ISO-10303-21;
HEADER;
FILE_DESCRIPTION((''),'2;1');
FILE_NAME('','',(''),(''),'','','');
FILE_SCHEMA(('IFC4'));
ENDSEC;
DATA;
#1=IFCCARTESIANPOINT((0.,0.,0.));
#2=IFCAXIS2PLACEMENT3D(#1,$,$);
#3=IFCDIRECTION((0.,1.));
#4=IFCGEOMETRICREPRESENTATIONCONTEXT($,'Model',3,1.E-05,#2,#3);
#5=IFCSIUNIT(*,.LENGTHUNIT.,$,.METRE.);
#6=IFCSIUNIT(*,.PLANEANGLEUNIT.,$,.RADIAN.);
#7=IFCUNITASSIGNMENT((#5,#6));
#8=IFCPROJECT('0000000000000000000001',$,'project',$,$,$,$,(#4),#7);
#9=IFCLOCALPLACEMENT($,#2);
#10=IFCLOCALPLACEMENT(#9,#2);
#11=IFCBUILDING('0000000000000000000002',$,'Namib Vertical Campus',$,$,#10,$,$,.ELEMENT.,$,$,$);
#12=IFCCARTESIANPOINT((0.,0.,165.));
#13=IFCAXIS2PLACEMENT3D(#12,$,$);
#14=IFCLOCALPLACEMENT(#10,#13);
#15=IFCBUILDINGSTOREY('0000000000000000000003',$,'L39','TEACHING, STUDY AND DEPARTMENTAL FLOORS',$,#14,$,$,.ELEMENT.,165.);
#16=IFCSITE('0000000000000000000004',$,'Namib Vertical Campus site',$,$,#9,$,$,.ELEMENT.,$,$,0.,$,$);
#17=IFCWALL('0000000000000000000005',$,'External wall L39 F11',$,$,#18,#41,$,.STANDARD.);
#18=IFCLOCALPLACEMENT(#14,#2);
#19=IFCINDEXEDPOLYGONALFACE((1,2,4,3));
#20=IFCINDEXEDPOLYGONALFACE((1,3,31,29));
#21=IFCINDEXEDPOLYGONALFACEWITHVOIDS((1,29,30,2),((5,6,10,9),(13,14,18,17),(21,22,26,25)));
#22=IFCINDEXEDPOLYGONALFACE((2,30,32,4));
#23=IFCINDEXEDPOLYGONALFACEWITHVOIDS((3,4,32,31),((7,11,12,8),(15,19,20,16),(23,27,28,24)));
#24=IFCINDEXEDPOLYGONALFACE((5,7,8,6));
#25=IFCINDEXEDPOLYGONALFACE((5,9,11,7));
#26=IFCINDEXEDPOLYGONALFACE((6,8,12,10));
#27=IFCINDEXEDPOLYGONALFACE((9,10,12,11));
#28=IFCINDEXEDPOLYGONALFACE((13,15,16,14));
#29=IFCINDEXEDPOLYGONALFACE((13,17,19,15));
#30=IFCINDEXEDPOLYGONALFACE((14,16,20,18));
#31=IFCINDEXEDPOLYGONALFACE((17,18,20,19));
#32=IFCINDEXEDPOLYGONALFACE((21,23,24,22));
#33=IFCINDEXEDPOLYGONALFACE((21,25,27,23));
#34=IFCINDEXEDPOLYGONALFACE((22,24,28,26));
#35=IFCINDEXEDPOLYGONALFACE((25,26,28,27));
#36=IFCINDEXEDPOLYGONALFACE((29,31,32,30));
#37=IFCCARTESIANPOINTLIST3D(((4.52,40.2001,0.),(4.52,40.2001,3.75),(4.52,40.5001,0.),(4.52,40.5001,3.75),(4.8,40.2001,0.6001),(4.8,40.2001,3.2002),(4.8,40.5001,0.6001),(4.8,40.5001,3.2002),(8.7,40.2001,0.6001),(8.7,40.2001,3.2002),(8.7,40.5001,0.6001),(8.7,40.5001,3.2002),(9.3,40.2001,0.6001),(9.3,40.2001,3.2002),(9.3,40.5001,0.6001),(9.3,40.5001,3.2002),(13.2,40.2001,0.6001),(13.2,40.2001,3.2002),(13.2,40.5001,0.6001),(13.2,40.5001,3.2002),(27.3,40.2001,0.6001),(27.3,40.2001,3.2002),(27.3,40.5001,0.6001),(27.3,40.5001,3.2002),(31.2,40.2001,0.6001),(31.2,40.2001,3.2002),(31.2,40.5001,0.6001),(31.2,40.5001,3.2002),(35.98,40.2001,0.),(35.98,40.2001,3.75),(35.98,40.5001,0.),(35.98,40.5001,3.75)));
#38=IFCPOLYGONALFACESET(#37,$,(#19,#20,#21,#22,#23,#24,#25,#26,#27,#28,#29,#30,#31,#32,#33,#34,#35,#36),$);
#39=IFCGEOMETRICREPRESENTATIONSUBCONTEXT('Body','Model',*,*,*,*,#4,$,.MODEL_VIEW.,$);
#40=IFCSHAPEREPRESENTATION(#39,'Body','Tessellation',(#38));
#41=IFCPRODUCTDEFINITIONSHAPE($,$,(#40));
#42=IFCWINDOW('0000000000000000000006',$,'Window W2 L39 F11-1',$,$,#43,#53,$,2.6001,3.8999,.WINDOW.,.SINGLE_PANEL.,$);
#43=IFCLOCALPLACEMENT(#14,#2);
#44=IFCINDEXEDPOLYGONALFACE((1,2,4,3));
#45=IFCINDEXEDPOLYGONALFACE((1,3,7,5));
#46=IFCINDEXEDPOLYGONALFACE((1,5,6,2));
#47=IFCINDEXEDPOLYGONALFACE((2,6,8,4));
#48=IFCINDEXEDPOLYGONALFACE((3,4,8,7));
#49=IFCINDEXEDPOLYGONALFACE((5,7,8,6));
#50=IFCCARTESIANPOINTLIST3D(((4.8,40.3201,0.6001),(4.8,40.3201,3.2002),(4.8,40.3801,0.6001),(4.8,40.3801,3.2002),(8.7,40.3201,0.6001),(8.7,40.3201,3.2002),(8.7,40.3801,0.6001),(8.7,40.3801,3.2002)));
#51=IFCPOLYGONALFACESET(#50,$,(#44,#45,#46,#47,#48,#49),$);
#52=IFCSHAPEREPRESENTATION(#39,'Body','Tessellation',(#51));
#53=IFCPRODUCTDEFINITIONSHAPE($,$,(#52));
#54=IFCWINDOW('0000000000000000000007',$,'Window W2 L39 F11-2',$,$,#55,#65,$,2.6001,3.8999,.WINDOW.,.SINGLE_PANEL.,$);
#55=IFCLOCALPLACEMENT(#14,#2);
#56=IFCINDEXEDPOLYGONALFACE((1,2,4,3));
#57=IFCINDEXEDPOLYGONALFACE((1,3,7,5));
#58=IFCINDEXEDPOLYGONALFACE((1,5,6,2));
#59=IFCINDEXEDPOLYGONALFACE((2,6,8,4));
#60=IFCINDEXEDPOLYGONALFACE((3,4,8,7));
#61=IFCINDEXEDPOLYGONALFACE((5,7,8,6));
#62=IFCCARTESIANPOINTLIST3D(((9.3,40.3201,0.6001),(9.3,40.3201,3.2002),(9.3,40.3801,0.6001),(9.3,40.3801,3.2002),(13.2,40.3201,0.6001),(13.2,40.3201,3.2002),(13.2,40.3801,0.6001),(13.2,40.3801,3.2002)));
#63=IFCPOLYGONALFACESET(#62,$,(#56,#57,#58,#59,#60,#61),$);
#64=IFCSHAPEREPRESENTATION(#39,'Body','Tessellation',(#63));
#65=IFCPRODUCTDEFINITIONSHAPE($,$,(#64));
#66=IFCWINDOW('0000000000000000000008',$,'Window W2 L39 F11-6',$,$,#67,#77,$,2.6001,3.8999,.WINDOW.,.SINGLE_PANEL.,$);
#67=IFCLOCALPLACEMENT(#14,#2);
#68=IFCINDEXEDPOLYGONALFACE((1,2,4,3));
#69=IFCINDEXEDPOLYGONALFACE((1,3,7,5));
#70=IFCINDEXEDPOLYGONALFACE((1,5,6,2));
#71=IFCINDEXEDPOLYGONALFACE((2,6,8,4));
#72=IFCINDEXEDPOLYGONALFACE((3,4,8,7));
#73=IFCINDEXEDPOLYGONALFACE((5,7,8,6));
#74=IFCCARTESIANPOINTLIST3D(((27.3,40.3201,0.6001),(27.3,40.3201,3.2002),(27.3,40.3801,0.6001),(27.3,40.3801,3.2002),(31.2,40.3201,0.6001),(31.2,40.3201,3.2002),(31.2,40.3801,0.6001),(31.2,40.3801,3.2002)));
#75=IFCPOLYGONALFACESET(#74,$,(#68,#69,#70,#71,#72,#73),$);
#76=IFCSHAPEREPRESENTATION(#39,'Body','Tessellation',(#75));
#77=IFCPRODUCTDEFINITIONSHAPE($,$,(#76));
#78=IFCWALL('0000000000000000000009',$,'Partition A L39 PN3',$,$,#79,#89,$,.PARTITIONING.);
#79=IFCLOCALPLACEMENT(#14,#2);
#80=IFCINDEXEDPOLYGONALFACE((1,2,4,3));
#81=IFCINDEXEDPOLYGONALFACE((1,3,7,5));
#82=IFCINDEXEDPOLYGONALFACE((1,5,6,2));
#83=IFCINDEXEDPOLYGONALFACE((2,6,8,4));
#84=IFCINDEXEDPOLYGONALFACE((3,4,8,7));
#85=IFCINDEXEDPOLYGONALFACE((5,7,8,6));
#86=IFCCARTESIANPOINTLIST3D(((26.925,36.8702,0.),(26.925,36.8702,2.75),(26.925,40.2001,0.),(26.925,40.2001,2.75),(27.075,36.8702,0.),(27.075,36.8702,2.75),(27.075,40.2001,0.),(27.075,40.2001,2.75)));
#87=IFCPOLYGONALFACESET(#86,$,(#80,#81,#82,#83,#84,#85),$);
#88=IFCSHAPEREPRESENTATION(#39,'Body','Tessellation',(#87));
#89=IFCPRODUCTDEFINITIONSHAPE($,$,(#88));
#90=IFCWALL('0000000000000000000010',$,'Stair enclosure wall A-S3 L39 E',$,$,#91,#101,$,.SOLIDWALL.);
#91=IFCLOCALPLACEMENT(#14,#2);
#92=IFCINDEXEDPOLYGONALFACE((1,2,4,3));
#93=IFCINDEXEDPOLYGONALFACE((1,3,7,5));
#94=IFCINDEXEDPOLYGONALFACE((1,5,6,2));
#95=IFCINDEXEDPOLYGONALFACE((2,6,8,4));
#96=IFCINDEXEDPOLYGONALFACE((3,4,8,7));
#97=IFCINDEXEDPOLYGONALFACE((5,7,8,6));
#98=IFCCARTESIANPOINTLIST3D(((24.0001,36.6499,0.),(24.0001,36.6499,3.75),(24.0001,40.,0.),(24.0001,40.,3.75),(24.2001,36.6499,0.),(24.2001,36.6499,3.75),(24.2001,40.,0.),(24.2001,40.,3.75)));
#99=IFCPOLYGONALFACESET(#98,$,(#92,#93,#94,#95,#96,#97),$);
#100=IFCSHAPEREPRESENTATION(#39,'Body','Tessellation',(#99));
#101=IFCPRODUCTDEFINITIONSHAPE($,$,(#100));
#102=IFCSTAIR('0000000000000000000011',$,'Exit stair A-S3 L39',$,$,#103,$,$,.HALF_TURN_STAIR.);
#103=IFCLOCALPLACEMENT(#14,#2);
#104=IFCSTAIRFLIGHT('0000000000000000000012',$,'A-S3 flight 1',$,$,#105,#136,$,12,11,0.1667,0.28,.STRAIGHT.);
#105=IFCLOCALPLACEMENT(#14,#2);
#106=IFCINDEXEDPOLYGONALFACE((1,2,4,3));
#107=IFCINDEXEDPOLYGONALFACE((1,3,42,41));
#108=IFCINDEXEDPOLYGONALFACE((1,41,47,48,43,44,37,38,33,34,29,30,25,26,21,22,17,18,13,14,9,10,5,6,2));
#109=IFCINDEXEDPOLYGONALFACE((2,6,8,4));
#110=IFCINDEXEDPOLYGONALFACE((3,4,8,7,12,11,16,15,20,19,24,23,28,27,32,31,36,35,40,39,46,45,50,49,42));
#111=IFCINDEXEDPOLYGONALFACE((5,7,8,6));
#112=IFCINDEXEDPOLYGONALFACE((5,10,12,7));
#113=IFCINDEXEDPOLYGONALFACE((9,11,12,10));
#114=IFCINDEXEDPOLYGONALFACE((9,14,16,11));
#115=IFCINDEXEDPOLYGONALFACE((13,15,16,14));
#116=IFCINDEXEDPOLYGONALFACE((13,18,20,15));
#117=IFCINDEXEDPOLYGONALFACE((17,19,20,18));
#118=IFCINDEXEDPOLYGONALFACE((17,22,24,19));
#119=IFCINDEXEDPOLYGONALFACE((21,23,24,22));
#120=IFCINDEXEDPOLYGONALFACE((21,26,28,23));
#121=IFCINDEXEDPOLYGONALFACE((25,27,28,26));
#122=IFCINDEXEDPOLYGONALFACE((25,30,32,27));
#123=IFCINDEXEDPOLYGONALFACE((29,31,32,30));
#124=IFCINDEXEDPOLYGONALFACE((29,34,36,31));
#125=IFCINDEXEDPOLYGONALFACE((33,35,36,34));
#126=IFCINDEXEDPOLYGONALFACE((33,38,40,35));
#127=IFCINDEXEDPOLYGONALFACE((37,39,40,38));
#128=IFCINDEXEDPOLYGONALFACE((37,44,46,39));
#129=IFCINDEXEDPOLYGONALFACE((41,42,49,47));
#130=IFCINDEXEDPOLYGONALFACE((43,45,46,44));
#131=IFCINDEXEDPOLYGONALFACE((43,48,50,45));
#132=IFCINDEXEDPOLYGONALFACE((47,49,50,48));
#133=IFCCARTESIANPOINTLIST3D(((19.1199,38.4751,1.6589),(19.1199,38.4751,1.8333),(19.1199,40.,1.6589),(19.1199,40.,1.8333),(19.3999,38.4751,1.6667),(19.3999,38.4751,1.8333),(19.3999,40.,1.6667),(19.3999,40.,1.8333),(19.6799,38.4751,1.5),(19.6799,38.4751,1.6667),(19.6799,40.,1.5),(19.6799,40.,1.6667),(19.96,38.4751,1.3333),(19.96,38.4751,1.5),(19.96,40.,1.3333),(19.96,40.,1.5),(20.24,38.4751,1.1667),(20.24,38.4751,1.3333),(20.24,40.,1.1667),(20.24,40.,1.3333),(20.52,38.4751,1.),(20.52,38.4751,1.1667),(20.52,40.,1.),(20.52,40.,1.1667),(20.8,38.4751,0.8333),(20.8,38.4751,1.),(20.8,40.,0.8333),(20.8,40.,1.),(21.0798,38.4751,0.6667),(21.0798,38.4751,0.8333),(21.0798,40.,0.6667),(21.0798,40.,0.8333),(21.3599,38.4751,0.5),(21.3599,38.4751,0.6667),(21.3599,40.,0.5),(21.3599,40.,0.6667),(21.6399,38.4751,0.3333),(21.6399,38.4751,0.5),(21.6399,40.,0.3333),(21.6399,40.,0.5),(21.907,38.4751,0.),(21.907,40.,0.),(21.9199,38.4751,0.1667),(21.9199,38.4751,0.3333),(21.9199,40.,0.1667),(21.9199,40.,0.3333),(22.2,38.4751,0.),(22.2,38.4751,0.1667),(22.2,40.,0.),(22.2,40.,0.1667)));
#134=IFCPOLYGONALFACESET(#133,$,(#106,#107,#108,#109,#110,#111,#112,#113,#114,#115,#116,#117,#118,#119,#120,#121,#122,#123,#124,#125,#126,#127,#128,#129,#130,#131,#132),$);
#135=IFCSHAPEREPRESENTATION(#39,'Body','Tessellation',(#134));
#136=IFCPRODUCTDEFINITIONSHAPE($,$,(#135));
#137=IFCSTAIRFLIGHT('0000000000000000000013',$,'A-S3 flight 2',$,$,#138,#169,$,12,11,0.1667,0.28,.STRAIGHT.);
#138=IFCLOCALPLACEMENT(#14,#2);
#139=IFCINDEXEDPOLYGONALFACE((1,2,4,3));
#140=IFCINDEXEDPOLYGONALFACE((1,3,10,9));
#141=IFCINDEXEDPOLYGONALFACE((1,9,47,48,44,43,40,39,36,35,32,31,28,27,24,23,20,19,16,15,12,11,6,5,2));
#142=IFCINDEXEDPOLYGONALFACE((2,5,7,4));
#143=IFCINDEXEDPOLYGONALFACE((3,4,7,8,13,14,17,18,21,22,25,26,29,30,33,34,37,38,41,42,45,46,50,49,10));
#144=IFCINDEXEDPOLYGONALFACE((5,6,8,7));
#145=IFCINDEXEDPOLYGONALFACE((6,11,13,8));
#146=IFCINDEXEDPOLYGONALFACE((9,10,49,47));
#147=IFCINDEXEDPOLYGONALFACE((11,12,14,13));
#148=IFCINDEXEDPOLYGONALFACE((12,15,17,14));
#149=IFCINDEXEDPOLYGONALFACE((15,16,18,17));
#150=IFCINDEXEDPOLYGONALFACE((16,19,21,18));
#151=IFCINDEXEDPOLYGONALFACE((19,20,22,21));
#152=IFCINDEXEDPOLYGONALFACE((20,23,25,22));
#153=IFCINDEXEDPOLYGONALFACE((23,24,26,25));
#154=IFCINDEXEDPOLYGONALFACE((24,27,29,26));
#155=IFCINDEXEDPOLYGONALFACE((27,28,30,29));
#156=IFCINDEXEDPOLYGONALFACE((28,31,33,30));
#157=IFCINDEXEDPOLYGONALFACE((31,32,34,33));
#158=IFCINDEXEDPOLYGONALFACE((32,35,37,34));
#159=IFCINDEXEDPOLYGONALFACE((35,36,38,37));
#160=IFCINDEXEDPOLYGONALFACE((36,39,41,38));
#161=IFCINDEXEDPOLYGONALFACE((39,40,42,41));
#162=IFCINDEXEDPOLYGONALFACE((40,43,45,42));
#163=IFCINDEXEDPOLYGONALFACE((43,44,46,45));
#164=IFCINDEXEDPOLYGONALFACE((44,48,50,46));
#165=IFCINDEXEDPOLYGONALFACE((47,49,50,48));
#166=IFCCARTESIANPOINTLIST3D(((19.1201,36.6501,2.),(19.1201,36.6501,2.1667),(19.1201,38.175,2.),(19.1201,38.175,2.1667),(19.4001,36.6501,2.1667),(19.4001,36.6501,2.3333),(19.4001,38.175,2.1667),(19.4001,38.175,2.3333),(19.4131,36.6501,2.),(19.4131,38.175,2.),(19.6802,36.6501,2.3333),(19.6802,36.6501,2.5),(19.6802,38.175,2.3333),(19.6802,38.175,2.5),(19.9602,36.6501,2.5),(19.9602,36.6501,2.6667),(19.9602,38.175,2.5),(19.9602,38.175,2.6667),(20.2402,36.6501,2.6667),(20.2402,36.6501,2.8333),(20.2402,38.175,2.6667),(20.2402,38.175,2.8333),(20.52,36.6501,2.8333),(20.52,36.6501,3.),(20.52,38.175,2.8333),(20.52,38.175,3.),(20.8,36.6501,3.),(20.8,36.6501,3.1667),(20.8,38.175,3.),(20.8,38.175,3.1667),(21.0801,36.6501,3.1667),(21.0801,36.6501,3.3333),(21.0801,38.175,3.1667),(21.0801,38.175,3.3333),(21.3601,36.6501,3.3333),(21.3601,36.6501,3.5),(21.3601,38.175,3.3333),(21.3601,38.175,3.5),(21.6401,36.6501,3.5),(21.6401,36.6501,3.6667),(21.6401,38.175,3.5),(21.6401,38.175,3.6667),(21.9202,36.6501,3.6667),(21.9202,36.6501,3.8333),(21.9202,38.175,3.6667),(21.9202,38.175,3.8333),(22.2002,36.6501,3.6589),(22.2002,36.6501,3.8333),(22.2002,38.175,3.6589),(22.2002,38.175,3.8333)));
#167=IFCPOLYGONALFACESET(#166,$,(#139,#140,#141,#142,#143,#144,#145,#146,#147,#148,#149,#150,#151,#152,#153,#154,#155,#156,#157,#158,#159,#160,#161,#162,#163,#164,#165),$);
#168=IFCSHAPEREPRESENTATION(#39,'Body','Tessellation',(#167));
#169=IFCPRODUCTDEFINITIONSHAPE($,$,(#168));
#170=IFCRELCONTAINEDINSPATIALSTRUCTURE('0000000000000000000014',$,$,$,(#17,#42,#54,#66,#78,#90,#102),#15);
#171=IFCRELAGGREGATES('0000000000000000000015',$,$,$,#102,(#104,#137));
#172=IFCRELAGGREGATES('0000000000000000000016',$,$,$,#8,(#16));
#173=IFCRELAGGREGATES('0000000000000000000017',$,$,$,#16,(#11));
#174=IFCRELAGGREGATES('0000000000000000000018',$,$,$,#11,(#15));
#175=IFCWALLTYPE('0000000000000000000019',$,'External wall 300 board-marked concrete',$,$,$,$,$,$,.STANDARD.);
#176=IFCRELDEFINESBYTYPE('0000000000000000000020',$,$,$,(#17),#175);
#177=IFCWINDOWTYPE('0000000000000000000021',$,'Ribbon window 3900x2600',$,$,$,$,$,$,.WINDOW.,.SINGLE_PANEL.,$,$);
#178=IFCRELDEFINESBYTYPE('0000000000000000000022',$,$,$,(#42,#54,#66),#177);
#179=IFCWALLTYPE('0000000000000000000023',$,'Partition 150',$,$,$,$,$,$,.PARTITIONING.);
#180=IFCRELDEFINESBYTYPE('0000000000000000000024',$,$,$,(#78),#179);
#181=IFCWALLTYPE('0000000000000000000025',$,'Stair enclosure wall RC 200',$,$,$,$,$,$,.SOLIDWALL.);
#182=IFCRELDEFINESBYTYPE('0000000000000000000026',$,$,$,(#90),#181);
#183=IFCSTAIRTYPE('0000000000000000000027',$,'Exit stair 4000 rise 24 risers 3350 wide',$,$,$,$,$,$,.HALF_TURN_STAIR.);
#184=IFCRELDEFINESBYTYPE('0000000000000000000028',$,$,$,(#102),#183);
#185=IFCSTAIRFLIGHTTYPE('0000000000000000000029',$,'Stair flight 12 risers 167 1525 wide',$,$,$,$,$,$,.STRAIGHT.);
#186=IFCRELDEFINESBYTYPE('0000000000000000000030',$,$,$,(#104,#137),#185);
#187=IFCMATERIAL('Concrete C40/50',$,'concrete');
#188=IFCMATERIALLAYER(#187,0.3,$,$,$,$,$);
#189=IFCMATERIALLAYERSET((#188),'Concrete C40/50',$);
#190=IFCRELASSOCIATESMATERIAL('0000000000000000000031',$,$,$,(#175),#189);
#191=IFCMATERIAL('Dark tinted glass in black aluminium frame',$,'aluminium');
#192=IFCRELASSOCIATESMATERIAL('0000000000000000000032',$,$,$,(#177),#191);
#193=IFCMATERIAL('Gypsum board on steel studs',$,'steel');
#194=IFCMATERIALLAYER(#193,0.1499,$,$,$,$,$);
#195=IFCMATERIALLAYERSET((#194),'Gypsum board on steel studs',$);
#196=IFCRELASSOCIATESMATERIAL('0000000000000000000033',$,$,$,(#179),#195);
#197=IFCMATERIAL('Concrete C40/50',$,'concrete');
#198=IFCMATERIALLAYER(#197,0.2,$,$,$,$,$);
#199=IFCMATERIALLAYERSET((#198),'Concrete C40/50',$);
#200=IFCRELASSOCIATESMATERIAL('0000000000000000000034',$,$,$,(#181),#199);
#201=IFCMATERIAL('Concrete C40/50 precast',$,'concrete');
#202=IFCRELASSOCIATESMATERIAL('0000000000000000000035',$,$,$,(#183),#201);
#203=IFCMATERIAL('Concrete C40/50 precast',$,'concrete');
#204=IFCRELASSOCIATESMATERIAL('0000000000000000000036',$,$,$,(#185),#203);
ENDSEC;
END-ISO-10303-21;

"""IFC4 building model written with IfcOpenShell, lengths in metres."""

from ifc_helpers import new_model, si_unit, direction, frame, frame_2d, origin, place, context, subcontext, project, spatial, polyline, rectangle, outline, extrude, material, layer, layer_set, type_object, element, fill, aggregate, save


model = new_model("IFC4")

# Units and contexts
model_context = context("Model", 3, precision=1e-05, world=origin(), true_north=direction((0.0, 1.0)))
body_context = subcontext(model_context, "Body", "Model", "MODEL_VIEW")
ifc_project = project(units=[si_unit("LENGTHUNIT", "METRE"), si_unit("PLANEANGLEUNIT", "RADIAN")], contexts=[model_context])

# Site, building, storey
site_placement = place(None, origin())
site = spatial("IfcSite", under=ifc_project, at=site_placement, Name="Namib Vertical Campus site", CompositionType="ELEMENT", RefElevation=0.0)
building_placement = place(site_placement, origin())
building = spatial("IfcBuilding", under=site, at=building_placement, Name="Namib Vertical Campus", CompositionType="ELEMENT")
storey_placement = place(building_placement, frame((0.0, 0.0, 165.0)))
storey = spatial("IfcBuildingStorey", under=building, at=storey_placement, Name="L39", Description="TEACHING, STUDY AND DEPARTMENTAL FLOORS", CompositionType="ELEMENT", Elevation=165.0)

# Shared definitions
ifc_material_1 = material(Name="Concrete C40/50", Category="concrete")
ifc_layer_1 = layer(ifc_material_1, 0.3)
ifc_layer_set_1 = layer_set([ifc_layer_1], Name="Concrete C40/50")
wall_type_1 = type_object("IfcWallType", Name="External wall 300 board-marked concrete", PredefinedType="STANDARD", material=ifc_layer_set_1)

# Wall, openings, windows
wall_1_placement = place(storey_placement, frame((35.98, 40.3501, 0.0), z_axis=(0.0, 0.0, 1.0), x_axis=(-1.0, 0.0, 0.0)))
wall_1 = element("IfcWall", 1, at=wall_1_placement, inside=storey, type_object=wall_type_1, Name="External wall L39 F11", PredefinedType="STANDARD", context=body_context, shape_type="SweptSolid", body=[
    extrude(rectangle(XDim=31.46, YDim=0.3, at=frame_2d((15.73, 0.0))), origin(), (0.0, 0.0, 1.0), 3.75),
])
opening_1_placement = place(wall_1_placement, frame((27.28, 0.0, 0.6001)))
opening_1 = element("IfcOpeningElement", 2, at=opening_1_placement, cuts=wall_1, PredefinedType="OPENING", context=body_context, shape_type="SweptSolid", body=[
    extrude(rectangle(XDim=3.8999, YDim=2.6001, at=frame_2d((1.95, 1.3))), frame((0.0, 0.1599, 0.0), z_axis=(0.0, -1.0, 0.0), x_axis=(1.0, 0.0, 0.0)), (0.0, 0.0, 1.0), 0.3201),
])
opening_2_placement = place(wall_1_placement, frame((22.78, 0.0, 0.6001)))
opening_2 = element("IfcOpeningElement", 3, at=opening_2_placement, cuts=wall_1, PredefinedType="OPENING", context=body_context, shape_type="SweptSolid", body=[
    extrude(rectangle(XDim=3.8999, YDim=2.6001, at=frame_2d((1.95, 1.3))), frame((0.0, 0.1599, 0.0), z_axis=(0.0, -1.0, 0.0), x_axis=(1.0, 0.0, 0.0)), (0.0, 0.0, 1.0), 0.3201),
])
opening_3_placement = place(wall_1_placement, frame((4.78, 0.0, 0.6001)))
opening_3 = element("IfcOpeningElement", 4, at=opening_3_placement, cuts=wall_1, PredefinedType="OPENING", context=body_context, shape_type="SweptSolid", body=[
    extrude(rectangle(XDim=3.8999, YDim=2.6001, at=frame_2d((1.95, 1.3))), frame((0.0, 0.1599, 0.0), z_axis=(0.0, -1.0, 0.0), x_axis=(1.0, 0.0, 0.0)), (0.0, 0.0, 1.0), 0.3201),
])
ifc_material_2 = material(Name="Dark tinted glass in black aluminium frame", Category="aluminium")
window_type = type_object("IfcWindowType", Name="Ribbon window 3900x2600", PartitioningType="SINGLE_PANEL", PredefinedType="WINDOW", material=ifc_material_2)
window_1_placement = place(opening_1_placement, origin())
window_1 = element("IfcWindow", 5, at=window_1_placement, inside=storey, type_object=window_type, Name="Window W2 L39 F11-1", OverallHeight=2.6001, OverallWidth=3.8999, PartitioningType="SINGLE_PANEL", PredefinedType="WINDOW", context=body_context, shape_type="SweptSolid", body=[
    extrude(rectangle(XDim=3.8999, YDim=2.6001, at=frame_2d((1.95, 1.3))), frame((0.0, 0.03, 0.0), z_axis=(0.0, -1.0, 0.0), x_axis=(1.0, 0.0, 0.0)), (0.0, 0.0, 1.0), 0.0601),
])
fill(opening_1, window_1)
window_2_placement = place(opening_2_placement, origin())
window_2 = element("IfcWindow", 6, at=window_2_placement, inside=storey, type_object=window_type, Name="Window W2 L39 F11-2", OverallHeight=2.6001, OverallWidth=3.8999, PartitioningType="SINGLE_PANEL", PredefinedType="WINDOW", context=body_context, shape_type="SweptSolid", body=[
    extrude(rectangle(XDim=3.8999, YDim=2.6001, at=frame_2d((1.95, 1.3))), frame((0.0, 0.03, 0.0), z_axis=(0.0, -1.0, 0.0), x_axis=(1.0, 0.0, 0.0)), (0.0, 0.0, 1.0), 0.0601),
])
fill(opening_2, window_2)
window_3_placement = place(opening_3_placement, origin())
window_3 = element("IfcWindow", 7, at=window_3_placement, inside=storey, type_object=window_type, Name="Window W2 L39 F11-6", OverallHeight=2.6001, OverallWidth=3.8999, PartitioningType="SINGLE_PANEL", PredefinedType="WINDOW", context=body_context, shape_type="SweptSolid", body=[
    extrude(rectangle(XDim=3.8999, YDim=2.6001, at=frame_2d((1.95, 1.3))), frame((0.0, 0.03, 0.0), z_axis=(0.0, -1.0, 0.0), x_axis=(1.0, 0.0, 0.0)), (0.0, 0.0, 1.0), 0.0601),
])
fill(opening_3, window_3)

# Walls
ifc_material_3 = material(Name="Gypsum board on steel studs", Category="steel")
ifc_layer_2 = layer(ifc_material_3, 0.1499)
ifc_layer_set_2 = layer_set([ifc_layer_2], Name="Gypsum board on steel studs")
wall_type_2 = type_object("IfcWallType", Name="Partition 150", PredefinedType="PARTITIONING", material=ifc_layer_set_2)
wall_2_placement = place(storey_placement, frame((27.0, 36.8701, 0.0), z_axis=(0.0, 0.0, 1.0), x_axis=(0.0, 1.0, 0.0)))
element("IfcWall", 8, at=wall_2_placement, inside=storey, type_object=wall_type_2, Name="Partition A L39 PN3", PredefinedType="PARTITIONING", context=body_context, shape_type="SweptSolid", body=[
    extrude(rectangle(XDim=3.3298, YDim=0.1499, at=frame_2d((1.665, 0.0))), origin(), (0.0, 0.0, 1.0), 2.75),
])
ifc_material_4 = material(Name="Concrete C40/50", Category="concrete")
ifc_layer_3 = layer(ifc_material_4, 0.2)
ifc_layer_set_3 = layer_set([ifc_layer_3], Name="Concrete C40/50")
wall_type_3 = type_object("IfcWallType", Name="Stair enclosure wall RC 200", PredefinedType="SOLIDWALL", material=ifc_layer_set_3)
wall_3_placement = place(storey_placement, frame((24.1001, 36.6499, 0.0), z_axis=(0.0, 0.0, 1.0), x_axis=(0.0, 1.0, 0.0)))
element("IfcWall", 9, at=wall_3_placement, inside=storey, type_object=wall_type_3, Name="Stair enclosure wall A-S3 L39 E", PredefinedType="SOLIDWALL", context=body_context, shape_type="SweptSolid", body=[
    extrude(rectangle(XDim=3.3501, YDim=0.2, at=frame_2d((1.675, 0.0))), origin(), (0.0, 0.0, 1.0), 3.75),
])

# Stair, stair flights
ifc_material_5 = material(Name="Concrete C40/50 precast", Category="concrete")
stair_type = type_object("IfcStairType", Name="Exit stair 4000 rise 24 risers 3350 wide", PredefinedType="HALF_TURN_STAIR", material=ifc_material_5)
stair_placement = place(storey_placement, origin())
stair = element("IfcStair", 10, at=stair_placement, inside=storey, type_object=stair_type, Name="Exit stair A-S3 L39", PredefinedType="HALF_TURN_STAIR")
ifc_material_6 = material(Name="Concrete C40/50 precast", Category="concrete")
stair_flight_type = type_object("IfcStairFlightType", Name="Stair flight 12 risers 167 1525 wide", PredefinedType="STRAIGHT", material=ifc_material_6)
stair_flight_1_placement = place(storey_placement, frame((22.2, 39.2375, 0.0), z_axis=(0.0, 0.0, 1.0), x_axis=(-1.0, 0.0, 0.0)))
stair_flight_1 = element("IfcStairFlight", 11, at=stair_flight_1_placement, type_object=stair_flight_type, Name="A-S3 flight 1", NumberOfRisers=12, NumberOfTreads=11, PredefinedType="STRAIGHT", RiserHeight=0.1667, TreadLength=0.28, context=body_context, shape_type="SweptSolid", body=[
    extrude(outline(polyline([(0.0, 0.0), (0.0, 0.1667), (0.28, 0.1667), (0.28, 0.3333), (0.5601, 0.3333), (0.5601, 0.5), (0.8401, 0.5), (0.8401, 0.6667), (1.1201, 0.6667), (1.1201, 0.8333), (1.3999, 0.8333), (1.3999, 1.0), (1.6799, 1.0), (1.6799, 1.1667), (1.96, 1.1667), (1.96, 1.3333), (2.24, 1.3333), (2.24, 1.5), (2.52, 1.5), (2.52, 1.6667), (2.8, 1.6667), (2.8, 1.8333), (3.0801, 1.8333), (3.0801, 2.0), (3.0801, 1.6589), (0.293, 0.0), (0.0, 0.0)])), frame((0.0, 0.7625, 0.0), z_axis=(0.0, -1.0, 0.0), x_axis=(1.0, 0.0, 0.0)), (0.0, 0.0, 1.0), 1.5249),
])
stair_flight_2_placement = place(storey_placement, frame((19.1201, 37.4126, 2.0), z_axis=(0.0, 0.0, 1.0), x_axis=(1.0, 0.0, 0.0)))
stair_flight_2 = element("IfcStairFlight", 12, at=stair_flight_2_placement, type_object=stair_flight_type, Name="A-S3 flight 2", NumberOfRisers=12, NumberOfTreads=11, PredefinedType="STRAIGHT", RiserHeight=0.1667, TreadLength=0.28, context=body_context, shape_type="SweptSolid", body=[
    extrude(outline(polyline([(0.0, 0.0), (0.0, 0.1667), (0.28, 0.1667), (0.28, 0.3333), (0.5601, 0.3333), (0.5601, 0.5), (0.8401, 0.5), (0.8401, 0.6667), (1.1201, 0.6667), (1.1201, 0.8333), (1.3999, 0.8333), (1.3999, 1.0), (1.6799, 1.0), (1.6799, 1.1667), (1.96, 1.1667), (1.96, 1.3333), (2.24, 1.3333), (2.24, 1.5), (2.52, 1.5), (2.52, 1.6667), (2.8, 1.6667), (2.8, 1.8333), (3.0801, 1.8333), (3.0801, 2.0), (3.0801, 1.6589), (0.293, 0.0), (0.0, 0.0)])), frame((0.0, 0.7625, 0.0), z_axis=(0.0, -1.0, 0.0), x_axis=(1.0, 0.0, 0.0)), (0.0, 0.0, 1.0), 1.5249),
])
aggregate(stair, [stair_flight_1, stair_flight_2])

save(model, "model.ifc")
